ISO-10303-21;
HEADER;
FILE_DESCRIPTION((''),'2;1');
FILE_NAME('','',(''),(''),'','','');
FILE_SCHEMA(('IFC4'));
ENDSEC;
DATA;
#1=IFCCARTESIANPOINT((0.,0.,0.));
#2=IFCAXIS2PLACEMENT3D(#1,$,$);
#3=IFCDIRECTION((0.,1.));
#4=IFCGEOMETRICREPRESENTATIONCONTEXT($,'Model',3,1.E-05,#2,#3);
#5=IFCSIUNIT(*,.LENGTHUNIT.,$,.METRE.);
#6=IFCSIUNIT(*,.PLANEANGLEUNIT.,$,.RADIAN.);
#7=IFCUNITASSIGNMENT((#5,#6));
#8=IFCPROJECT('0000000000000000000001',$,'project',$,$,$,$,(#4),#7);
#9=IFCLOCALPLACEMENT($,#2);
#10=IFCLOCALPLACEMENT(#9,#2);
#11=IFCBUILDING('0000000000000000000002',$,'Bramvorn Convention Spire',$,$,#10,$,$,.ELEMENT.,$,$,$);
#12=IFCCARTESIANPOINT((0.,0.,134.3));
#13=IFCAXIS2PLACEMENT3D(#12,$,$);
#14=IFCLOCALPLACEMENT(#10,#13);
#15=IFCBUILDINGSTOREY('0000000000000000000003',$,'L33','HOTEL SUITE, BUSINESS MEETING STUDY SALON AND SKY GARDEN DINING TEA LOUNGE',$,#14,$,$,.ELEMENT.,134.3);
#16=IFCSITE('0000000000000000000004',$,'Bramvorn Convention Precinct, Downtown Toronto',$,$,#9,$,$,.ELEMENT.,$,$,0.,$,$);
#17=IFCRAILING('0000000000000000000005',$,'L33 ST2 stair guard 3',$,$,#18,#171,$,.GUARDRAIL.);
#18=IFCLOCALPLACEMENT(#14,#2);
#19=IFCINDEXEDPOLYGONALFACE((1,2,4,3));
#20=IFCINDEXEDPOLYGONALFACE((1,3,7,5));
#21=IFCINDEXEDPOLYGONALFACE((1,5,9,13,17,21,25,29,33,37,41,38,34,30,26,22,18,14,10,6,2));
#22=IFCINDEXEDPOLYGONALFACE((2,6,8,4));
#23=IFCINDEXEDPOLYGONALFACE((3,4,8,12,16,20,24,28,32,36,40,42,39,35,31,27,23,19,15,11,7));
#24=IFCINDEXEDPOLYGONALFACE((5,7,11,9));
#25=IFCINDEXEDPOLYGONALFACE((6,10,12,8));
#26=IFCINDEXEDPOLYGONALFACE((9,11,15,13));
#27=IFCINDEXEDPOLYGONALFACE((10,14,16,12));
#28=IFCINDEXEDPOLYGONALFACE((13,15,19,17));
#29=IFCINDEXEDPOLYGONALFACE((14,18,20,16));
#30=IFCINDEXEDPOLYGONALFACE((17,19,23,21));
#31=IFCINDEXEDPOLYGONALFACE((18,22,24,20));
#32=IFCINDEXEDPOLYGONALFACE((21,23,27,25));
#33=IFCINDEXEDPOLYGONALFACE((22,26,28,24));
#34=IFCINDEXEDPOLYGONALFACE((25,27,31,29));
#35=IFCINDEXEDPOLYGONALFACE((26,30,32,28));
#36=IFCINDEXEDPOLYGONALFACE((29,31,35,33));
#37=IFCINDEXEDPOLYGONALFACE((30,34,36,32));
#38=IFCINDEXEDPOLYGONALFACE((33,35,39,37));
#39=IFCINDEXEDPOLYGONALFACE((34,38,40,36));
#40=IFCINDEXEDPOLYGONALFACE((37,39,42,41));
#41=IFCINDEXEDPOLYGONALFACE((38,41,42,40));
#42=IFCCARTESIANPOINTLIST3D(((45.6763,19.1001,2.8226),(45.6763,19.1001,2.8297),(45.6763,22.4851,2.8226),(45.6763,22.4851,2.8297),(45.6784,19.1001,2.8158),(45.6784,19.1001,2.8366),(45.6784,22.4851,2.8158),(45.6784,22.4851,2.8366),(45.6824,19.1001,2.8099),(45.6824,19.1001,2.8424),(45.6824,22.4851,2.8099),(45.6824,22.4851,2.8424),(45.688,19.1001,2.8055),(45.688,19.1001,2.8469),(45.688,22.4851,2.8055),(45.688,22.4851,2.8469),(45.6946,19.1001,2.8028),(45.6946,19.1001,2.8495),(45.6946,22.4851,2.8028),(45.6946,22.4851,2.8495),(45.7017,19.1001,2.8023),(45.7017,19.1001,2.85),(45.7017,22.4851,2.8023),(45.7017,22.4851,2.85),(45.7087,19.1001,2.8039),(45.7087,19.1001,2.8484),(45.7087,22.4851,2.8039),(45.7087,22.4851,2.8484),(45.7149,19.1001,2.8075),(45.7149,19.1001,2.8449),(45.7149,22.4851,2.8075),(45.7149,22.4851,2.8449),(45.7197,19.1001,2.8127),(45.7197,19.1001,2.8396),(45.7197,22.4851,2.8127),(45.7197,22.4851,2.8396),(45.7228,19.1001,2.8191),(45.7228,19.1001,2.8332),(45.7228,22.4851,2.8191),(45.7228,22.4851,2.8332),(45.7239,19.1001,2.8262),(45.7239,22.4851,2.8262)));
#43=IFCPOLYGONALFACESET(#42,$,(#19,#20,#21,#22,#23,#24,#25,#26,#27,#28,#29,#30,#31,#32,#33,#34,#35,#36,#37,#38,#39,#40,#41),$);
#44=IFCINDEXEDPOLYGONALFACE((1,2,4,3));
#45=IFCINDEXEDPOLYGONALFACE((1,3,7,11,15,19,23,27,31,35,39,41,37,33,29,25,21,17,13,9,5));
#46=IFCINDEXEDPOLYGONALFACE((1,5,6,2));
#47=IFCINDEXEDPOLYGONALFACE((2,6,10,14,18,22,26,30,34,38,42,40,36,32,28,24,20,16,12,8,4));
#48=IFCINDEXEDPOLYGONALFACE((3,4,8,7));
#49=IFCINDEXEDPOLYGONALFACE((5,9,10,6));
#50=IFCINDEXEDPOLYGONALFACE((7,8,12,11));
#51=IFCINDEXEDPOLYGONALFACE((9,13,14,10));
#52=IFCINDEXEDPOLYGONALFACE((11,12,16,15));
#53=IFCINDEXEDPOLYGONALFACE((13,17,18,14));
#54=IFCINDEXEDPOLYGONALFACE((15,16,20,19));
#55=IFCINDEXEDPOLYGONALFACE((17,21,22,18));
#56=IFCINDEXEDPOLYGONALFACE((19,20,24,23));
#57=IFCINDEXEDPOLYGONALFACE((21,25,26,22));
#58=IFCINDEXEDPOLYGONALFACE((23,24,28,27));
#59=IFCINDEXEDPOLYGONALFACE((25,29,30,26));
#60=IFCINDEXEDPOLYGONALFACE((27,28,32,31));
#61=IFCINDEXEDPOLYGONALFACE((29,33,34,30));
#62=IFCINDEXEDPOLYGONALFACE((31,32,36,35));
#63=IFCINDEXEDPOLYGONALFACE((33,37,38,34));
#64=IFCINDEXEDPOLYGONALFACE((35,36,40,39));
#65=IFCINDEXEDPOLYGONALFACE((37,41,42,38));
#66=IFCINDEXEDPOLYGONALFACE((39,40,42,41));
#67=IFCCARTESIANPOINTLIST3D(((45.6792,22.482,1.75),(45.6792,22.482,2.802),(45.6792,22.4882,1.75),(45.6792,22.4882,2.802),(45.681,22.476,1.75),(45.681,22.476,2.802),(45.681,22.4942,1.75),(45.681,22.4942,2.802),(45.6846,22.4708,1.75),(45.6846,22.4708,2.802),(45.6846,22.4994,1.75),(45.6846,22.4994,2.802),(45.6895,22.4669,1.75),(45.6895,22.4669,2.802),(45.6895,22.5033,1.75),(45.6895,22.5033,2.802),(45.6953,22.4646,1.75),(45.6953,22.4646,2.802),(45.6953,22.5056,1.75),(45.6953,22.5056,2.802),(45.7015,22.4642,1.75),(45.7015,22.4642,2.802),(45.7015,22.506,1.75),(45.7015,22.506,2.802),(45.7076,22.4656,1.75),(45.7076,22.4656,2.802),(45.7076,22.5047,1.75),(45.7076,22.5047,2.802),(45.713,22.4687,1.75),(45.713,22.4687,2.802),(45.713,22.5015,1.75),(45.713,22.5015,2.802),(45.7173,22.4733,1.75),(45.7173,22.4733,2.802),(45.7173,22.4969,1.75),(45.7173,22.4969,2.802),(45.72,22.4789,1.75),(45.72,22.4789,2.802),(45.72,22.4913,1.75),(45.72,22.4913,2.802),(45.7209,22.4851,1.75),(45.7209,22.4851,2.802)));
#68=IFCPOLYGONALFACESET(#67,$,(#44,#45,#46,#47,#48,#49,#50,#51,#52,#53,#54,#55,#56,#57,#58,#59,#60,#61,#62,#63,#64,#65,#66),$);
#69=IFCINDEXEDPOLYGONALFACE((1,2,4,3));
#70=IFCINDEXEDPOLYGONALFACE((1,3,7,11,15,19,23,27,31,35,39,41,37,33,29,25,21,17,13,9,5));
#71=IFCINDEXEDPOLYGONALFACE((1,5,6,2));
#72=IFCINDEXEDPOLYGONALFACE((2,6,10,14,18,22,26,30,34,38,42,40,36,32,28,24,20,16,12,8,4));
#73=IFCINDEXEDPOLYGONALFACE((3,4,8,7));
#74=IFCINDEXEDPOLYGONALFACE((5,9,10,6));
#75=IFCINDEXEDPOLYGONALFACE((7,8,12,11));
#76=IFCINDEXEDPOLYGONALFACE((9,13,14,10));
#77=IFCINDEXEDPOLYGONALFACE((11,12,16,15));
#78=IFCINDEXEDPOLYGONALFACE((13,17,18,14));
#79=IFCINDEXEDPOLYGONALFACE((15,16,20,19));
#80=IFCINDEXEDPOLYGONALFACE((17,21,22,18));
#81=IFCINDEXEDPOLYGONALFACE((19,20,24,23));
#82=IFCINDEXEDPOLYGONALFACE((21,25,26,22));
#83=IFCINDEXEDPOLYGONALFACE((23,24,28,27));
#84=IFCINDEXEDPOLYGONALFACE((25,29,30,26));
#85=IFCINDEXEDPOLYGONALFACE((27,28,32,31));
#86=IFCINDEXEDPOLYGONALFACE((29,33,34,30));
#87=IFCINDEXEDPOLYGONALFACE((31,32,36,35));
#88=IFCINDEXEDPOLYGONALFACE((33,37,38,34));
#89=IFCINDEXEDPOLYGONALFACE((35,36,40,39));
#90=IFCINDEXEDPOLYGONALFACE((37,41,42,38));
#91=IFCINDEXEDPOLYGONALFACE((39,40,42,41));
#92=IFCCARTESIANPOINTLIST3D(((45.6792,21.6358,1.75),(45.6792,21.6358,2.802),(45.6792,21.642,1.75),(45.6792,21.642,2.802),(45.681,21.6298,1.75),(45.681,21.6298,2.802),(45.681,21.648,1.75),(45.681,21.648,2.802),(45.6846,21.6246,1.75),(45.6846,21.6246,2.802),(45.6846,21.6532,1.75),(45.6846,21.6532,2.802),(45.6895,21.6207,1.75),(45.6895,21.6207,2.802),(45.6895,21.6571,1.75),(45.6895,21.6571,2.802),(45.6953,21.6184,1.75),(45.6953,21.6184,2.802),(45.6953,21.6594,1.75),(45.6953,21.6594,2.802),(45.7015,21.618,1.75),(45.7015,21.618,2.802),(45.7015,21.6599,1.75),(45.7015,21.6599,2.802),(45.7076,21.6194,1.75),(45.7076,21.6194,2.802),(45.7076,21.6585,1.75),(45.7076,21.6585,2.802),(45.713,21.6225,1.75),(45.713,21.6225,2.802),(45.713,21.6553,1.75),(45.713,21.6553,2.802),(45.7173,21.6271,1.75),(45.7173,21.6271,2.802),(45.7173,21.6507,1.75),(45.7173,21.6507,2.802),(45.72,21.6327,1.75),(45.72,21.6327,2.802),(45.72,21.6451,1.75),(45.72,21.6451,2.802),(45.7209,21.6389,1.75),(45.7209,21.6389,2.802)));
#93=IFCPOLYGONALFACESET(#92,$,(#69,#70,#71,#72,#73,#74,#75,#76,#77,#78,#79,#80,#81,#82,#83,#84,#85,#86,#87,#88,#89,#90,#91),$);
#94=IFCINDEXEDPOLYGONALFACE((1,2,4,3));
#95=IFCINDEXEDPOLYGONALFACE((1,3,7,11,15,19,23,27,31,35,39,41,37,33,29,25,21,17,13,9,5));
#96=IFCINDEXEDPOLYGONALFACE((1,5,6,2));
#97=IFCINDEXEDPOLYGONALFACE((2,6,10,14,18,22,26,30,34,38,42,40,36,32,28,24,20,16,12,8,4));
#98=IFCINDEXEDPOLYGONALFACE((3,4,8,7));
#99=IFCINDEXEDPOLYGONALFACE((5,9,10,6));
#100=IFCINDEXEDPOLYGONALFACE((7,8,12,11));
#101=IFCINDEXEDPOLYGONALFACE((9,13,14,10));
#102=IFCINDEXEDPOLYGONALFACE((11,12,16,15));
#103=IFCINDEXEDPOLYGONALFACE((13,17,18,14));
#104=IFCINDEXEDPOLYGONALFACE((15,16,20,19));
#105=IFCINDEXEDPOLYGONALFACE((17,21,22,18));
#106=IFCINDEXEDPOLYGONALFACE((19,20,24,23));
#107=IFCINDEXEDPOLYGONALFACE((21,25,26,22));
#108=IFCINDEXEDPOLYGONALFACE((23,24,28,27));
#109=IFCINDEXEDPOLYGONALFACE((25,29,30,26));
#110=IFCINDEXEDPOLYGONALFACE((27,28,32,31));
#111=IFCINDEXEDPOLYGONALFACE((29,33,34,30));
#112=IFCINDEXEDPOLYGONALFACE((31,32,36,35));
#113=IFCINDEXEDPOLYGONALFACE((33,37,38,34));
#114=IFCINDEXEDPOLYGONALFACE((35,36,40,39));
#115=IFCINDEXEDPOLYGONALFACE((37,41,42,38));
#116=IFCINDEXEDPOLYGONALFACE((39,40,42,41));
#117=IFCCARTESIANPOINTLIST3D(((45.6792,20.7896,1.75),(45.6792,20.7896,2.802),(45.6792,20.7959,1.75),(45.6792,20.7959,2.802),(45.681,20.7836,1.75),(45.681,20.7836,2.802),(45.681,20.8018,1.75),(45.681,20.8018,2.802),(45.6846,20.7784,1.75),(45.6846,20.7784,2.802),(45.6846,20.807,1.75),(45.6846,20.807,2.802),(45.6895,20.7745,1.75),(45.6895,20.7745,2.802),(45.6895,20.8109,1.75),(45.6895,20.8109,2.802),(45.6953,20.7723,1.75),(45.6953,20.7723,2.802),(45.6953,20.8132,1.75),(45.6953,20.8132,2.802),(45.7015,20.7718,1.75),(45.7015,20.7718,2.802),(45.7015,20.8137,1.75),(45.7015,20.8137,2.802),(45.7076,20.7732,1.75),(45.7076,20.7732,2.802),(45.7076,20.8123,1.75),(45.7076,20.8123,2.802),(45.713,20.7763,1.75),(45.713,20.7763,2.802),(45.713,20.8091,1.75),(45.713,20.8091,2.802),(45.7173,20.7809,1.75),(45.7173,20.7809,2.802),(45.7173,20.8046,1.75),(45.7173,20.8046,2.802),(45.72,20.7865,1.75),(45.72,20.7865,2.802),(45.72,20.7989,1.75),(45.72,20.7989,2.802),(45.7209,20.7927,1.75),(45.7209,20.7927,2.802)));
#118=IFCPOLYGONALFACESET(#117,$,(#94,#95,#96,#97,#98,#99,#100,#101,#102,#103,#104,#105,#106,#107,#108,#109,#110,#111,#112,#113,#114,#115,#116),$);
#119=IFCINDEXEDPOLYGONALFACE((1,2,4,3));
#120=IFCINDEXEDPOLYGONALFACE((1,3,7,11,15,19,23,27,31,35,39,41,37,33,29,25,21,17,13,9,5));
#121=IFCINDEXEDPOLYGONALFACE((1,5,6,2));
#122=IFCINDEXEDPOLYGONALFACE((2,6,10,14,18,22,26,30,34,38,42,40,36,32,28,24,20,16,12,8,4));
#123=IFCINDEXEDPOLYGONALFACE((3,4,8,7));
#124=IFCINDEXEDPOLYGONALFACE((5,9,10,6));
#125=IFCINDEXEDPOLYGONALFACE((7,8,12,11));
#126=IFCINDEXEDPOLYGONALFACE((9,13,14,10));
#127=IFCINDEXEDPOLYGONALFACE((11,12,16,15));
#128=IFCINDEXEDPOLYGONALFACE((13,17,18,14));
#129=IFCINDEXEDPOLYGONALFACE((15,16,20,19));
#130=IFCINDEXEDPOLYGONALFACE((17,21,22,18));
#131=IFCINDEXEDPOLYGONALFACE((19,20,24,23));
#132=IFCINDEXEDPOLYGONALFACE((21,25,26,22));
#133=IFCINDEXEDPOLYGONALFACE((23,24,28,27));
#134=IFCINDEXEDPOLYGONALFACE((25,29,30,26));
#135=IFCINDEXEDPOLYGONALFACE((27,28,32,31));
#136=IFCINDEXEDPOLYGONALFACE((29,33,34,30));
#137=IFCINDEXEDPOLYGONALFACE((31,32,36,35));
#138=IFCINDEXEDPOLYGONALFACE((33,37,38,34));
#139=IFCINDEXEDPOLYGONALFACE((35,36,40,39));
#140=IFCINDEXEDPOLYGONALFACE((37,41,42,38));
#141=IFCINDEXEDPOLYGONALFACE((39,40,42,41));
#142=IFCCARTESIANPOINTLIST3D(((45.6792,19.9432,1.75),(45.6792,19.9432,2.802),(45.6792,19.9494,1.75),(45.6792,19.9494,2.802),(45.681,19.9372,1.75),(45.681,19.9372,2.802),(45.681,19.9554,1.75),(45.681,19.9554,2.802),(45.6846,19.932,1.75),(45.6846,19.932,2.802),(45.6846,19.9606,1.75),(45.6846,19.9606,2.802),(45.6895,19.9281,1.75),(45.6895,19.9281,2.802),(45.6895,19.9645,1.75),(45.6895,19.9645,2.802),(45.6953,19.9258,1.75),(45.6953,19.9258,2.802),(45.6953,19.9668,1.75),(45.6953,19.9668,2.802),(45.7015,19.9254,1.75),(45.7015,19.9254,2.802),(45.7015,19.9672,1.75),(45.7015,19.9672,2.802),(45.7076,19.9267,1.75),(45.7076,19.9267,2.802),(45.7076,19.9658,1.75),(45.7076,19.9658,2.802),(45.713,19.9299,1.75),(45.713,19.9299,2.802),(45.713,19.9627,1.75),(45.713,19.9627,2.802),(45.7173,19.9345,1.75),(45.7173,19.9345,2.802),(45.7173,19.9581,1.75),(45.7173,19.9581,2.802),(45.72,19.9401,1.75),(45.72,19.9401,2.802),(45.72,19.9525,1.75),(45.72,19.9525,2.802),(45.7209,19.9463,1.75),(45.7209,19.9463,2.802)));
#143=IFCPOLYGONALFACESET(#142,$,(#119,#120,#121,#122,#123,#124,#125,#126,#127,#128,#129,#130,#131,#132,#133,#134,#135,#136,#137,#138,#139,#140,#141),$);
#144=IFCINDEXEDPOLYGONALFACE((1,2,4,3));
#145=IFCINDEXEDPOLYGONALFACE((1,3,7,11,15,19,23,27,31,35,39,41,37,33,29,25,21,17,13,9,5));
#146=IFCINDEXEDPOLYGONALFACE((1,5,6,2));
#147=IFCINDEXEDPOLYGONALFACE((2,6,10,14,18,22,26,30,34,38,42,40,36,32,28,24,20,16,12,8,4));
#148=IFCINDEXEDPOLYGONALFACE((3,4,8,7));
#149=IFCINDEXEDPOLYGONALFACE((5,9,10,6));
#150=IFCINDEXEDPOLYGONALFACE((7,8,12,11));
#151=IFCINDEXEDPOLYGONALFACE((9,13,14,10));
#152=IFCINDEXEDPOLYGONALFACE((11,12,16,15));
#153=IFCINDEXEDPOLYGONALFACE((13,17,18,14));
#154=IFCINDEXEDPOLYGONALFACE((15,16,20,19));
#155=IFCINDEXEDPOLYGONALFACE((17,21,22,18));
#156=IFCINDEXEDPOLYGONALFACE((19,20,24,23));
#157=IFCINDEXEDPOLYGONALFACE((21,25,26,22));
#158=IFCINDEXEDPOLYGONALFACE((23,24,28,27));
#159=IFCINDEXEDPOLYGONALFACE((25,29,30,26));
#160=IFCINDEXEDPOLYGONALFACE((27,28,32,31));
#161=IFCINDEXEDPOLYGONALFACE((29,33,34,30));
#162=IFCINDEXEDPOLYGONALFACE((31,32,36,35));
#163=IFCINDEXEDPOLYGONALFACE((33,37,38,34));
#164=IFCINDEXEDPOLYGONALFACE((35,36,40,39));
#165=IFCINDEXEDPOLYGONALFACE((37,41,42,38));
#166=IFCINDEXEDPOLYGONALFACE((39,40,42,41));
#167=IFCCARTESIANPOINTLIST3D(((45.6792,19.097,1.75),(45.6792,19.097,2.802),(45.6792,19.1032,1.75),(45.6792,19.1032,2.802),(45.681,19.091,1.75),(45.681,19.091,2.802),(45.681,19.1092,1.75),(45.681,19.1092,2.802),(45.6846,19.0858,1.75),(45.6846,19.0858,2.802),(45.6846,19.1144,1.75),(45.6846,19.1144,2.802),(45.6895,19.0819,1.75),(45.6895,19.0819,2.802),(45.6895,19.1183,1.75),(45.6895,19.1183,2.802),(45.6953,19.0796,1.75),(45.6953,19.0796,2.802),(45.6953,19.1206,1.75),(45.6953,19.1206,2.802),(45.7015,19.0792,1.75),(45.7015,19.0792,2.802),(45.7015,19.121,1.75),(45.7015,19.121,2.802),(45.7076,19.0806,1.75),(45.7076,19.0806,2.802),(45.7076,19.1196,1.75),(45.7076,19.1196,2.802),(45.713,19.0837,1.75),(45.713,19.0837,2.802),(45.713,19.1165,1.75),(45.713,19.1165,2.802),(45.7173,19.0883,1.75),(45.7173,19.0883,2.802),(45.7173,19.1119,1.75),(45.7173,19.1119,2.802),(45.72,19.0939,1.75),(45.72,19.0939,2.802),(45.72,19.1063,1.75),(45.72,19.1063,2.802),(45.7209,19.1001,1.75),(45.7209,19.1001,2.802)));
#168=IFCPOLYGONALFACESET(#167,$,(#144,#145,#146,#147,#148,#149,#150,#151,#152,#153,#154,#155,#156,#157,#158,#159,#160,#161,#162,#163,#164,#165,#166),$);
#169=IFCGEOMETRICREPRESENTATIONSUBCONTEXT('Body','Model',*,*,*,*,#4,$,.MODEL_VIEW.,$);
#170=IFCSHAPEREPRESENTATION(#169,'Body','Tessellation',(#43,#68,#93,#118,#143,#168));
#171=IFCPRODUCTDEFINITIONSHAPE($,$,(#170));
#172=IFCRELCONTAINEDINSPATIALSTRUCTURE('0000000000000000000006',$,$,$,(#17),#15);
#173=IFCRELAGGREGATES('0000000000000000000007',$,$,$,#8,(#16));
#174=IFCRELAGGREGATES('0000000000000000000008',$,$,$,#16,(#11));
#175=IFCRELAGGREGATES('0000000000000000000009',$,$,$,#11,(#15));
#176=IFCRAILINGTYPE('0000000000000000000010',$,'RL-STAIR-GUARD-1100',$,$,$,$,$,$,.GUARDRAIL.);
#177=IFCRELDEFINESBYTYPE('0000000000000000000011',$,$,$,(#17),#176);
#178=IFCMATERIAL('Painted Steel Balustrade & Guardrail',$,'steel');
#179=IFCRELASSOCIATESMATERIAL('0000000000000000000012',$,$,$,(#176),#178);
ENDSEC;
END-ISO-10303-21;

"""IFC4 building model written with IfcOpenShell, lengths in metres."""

from ifc_helpers import new_model, si_unit, direction, frame, origin, origin_2d, place, context, subcontext, project, spatial, circle, extrude, material, type_object, element, save


model = new_model("IFC4")

# Units and contexts
model_context = context("Model", 3, precision=1e-05, world=origin(), true_north=direction((0.0, 1.0)))
body_context = subcontext(model_context, "Body", "Model", "MODEL_VIEW")
ifc_project = project(units=[si_unit("LENGTHUNIT", "METRE"), si_unit("PLANEANGLEUNIT", "RADIAN")], contexts=[model_context])

# Site, building, storey
site_placement = place(None, origin())
site = spatial("IfcSite", under=ifc_project, at=site_placement, Name="Bramvorn Convention Precinct, Downtown Toronto", CompositionType="ELEMENT", RefElevation=0.0)
building_placement = place(site_placement, origin())
building = spatial("IfcBuilding", under=site, at=building_placement, Name="Bramvorn Convention Spire", CompositionType="ELEMENT")
storey_placement = place(building_placement, frame((0.0, 0.0, 134.3)))
storey = spatial("IfcBuildingStorey", under=building, at=storey_placement, Name="L33", Description="HOTEL SUITE, BUSINESS MEETING STUDY SALON AND SKY GARDEN DINING TEA LOUNGE", CompositionType="ELEMENT", Elevation=134.3)

# Railing
ifc_material_1 = material(Name="Painted Steel Balustrade & Guardrail", Category="steel")
railing_type_1 = type_object("IfcRailingType", Name="RL-STAIR-GUARD-1100", PredefinedType="GUARDRAIL", material=ifc_material_1)
railing_1_placement = place(storey_placement, frame((45.7, 22.4851, 1.75)))
element("IfcRailing", 1, at=railing_1_placement, inside=storey, type_object=railing_type_1, Name="L33 ST2 stair guard 3", PredefinedType="GUARDRAIL", context=body_context, shape_type="SweptSolid", body=[
    extrude(circle(Radius=0.0239, at=origin_2d()), frame((0.0, 0.0, 1.0762), z_axis=(0.0, -1.0, 0.0), x_axis=(1.0, 0.0, 0.0)), (0.0, 0.0, 1.0), 3.385),
    extrude(circle(Radius=0.021, at=origin_2d()), origin(), (0.0, 0.0, 1.0), 1.052),
    extrude(circle(Radius=0.021, at=origin_2d()), frame((0.0, -0.8462, 0.0)), (0.0, 0.0, 1.0), 1.052),
    extrude(circle(Radius=0.021, at=origin_2d()), frame((0.0, -1.6924, 0.0)), (0.0, 0.0, 1.0), 1.052),
    extrude(circle(Radius=0.021, at=origin_2d()), frame((0.0, -2.5388, 0.0)), (0.0, 0.0, 1.0), 1.052),
    extrude(circle(Radius=0.021, at=origin_2d()), frame((0.0, -3.385, 0.0)), (0.0, 0.0, 1.0), 1.052),
])

save(model, "model.ifc")
